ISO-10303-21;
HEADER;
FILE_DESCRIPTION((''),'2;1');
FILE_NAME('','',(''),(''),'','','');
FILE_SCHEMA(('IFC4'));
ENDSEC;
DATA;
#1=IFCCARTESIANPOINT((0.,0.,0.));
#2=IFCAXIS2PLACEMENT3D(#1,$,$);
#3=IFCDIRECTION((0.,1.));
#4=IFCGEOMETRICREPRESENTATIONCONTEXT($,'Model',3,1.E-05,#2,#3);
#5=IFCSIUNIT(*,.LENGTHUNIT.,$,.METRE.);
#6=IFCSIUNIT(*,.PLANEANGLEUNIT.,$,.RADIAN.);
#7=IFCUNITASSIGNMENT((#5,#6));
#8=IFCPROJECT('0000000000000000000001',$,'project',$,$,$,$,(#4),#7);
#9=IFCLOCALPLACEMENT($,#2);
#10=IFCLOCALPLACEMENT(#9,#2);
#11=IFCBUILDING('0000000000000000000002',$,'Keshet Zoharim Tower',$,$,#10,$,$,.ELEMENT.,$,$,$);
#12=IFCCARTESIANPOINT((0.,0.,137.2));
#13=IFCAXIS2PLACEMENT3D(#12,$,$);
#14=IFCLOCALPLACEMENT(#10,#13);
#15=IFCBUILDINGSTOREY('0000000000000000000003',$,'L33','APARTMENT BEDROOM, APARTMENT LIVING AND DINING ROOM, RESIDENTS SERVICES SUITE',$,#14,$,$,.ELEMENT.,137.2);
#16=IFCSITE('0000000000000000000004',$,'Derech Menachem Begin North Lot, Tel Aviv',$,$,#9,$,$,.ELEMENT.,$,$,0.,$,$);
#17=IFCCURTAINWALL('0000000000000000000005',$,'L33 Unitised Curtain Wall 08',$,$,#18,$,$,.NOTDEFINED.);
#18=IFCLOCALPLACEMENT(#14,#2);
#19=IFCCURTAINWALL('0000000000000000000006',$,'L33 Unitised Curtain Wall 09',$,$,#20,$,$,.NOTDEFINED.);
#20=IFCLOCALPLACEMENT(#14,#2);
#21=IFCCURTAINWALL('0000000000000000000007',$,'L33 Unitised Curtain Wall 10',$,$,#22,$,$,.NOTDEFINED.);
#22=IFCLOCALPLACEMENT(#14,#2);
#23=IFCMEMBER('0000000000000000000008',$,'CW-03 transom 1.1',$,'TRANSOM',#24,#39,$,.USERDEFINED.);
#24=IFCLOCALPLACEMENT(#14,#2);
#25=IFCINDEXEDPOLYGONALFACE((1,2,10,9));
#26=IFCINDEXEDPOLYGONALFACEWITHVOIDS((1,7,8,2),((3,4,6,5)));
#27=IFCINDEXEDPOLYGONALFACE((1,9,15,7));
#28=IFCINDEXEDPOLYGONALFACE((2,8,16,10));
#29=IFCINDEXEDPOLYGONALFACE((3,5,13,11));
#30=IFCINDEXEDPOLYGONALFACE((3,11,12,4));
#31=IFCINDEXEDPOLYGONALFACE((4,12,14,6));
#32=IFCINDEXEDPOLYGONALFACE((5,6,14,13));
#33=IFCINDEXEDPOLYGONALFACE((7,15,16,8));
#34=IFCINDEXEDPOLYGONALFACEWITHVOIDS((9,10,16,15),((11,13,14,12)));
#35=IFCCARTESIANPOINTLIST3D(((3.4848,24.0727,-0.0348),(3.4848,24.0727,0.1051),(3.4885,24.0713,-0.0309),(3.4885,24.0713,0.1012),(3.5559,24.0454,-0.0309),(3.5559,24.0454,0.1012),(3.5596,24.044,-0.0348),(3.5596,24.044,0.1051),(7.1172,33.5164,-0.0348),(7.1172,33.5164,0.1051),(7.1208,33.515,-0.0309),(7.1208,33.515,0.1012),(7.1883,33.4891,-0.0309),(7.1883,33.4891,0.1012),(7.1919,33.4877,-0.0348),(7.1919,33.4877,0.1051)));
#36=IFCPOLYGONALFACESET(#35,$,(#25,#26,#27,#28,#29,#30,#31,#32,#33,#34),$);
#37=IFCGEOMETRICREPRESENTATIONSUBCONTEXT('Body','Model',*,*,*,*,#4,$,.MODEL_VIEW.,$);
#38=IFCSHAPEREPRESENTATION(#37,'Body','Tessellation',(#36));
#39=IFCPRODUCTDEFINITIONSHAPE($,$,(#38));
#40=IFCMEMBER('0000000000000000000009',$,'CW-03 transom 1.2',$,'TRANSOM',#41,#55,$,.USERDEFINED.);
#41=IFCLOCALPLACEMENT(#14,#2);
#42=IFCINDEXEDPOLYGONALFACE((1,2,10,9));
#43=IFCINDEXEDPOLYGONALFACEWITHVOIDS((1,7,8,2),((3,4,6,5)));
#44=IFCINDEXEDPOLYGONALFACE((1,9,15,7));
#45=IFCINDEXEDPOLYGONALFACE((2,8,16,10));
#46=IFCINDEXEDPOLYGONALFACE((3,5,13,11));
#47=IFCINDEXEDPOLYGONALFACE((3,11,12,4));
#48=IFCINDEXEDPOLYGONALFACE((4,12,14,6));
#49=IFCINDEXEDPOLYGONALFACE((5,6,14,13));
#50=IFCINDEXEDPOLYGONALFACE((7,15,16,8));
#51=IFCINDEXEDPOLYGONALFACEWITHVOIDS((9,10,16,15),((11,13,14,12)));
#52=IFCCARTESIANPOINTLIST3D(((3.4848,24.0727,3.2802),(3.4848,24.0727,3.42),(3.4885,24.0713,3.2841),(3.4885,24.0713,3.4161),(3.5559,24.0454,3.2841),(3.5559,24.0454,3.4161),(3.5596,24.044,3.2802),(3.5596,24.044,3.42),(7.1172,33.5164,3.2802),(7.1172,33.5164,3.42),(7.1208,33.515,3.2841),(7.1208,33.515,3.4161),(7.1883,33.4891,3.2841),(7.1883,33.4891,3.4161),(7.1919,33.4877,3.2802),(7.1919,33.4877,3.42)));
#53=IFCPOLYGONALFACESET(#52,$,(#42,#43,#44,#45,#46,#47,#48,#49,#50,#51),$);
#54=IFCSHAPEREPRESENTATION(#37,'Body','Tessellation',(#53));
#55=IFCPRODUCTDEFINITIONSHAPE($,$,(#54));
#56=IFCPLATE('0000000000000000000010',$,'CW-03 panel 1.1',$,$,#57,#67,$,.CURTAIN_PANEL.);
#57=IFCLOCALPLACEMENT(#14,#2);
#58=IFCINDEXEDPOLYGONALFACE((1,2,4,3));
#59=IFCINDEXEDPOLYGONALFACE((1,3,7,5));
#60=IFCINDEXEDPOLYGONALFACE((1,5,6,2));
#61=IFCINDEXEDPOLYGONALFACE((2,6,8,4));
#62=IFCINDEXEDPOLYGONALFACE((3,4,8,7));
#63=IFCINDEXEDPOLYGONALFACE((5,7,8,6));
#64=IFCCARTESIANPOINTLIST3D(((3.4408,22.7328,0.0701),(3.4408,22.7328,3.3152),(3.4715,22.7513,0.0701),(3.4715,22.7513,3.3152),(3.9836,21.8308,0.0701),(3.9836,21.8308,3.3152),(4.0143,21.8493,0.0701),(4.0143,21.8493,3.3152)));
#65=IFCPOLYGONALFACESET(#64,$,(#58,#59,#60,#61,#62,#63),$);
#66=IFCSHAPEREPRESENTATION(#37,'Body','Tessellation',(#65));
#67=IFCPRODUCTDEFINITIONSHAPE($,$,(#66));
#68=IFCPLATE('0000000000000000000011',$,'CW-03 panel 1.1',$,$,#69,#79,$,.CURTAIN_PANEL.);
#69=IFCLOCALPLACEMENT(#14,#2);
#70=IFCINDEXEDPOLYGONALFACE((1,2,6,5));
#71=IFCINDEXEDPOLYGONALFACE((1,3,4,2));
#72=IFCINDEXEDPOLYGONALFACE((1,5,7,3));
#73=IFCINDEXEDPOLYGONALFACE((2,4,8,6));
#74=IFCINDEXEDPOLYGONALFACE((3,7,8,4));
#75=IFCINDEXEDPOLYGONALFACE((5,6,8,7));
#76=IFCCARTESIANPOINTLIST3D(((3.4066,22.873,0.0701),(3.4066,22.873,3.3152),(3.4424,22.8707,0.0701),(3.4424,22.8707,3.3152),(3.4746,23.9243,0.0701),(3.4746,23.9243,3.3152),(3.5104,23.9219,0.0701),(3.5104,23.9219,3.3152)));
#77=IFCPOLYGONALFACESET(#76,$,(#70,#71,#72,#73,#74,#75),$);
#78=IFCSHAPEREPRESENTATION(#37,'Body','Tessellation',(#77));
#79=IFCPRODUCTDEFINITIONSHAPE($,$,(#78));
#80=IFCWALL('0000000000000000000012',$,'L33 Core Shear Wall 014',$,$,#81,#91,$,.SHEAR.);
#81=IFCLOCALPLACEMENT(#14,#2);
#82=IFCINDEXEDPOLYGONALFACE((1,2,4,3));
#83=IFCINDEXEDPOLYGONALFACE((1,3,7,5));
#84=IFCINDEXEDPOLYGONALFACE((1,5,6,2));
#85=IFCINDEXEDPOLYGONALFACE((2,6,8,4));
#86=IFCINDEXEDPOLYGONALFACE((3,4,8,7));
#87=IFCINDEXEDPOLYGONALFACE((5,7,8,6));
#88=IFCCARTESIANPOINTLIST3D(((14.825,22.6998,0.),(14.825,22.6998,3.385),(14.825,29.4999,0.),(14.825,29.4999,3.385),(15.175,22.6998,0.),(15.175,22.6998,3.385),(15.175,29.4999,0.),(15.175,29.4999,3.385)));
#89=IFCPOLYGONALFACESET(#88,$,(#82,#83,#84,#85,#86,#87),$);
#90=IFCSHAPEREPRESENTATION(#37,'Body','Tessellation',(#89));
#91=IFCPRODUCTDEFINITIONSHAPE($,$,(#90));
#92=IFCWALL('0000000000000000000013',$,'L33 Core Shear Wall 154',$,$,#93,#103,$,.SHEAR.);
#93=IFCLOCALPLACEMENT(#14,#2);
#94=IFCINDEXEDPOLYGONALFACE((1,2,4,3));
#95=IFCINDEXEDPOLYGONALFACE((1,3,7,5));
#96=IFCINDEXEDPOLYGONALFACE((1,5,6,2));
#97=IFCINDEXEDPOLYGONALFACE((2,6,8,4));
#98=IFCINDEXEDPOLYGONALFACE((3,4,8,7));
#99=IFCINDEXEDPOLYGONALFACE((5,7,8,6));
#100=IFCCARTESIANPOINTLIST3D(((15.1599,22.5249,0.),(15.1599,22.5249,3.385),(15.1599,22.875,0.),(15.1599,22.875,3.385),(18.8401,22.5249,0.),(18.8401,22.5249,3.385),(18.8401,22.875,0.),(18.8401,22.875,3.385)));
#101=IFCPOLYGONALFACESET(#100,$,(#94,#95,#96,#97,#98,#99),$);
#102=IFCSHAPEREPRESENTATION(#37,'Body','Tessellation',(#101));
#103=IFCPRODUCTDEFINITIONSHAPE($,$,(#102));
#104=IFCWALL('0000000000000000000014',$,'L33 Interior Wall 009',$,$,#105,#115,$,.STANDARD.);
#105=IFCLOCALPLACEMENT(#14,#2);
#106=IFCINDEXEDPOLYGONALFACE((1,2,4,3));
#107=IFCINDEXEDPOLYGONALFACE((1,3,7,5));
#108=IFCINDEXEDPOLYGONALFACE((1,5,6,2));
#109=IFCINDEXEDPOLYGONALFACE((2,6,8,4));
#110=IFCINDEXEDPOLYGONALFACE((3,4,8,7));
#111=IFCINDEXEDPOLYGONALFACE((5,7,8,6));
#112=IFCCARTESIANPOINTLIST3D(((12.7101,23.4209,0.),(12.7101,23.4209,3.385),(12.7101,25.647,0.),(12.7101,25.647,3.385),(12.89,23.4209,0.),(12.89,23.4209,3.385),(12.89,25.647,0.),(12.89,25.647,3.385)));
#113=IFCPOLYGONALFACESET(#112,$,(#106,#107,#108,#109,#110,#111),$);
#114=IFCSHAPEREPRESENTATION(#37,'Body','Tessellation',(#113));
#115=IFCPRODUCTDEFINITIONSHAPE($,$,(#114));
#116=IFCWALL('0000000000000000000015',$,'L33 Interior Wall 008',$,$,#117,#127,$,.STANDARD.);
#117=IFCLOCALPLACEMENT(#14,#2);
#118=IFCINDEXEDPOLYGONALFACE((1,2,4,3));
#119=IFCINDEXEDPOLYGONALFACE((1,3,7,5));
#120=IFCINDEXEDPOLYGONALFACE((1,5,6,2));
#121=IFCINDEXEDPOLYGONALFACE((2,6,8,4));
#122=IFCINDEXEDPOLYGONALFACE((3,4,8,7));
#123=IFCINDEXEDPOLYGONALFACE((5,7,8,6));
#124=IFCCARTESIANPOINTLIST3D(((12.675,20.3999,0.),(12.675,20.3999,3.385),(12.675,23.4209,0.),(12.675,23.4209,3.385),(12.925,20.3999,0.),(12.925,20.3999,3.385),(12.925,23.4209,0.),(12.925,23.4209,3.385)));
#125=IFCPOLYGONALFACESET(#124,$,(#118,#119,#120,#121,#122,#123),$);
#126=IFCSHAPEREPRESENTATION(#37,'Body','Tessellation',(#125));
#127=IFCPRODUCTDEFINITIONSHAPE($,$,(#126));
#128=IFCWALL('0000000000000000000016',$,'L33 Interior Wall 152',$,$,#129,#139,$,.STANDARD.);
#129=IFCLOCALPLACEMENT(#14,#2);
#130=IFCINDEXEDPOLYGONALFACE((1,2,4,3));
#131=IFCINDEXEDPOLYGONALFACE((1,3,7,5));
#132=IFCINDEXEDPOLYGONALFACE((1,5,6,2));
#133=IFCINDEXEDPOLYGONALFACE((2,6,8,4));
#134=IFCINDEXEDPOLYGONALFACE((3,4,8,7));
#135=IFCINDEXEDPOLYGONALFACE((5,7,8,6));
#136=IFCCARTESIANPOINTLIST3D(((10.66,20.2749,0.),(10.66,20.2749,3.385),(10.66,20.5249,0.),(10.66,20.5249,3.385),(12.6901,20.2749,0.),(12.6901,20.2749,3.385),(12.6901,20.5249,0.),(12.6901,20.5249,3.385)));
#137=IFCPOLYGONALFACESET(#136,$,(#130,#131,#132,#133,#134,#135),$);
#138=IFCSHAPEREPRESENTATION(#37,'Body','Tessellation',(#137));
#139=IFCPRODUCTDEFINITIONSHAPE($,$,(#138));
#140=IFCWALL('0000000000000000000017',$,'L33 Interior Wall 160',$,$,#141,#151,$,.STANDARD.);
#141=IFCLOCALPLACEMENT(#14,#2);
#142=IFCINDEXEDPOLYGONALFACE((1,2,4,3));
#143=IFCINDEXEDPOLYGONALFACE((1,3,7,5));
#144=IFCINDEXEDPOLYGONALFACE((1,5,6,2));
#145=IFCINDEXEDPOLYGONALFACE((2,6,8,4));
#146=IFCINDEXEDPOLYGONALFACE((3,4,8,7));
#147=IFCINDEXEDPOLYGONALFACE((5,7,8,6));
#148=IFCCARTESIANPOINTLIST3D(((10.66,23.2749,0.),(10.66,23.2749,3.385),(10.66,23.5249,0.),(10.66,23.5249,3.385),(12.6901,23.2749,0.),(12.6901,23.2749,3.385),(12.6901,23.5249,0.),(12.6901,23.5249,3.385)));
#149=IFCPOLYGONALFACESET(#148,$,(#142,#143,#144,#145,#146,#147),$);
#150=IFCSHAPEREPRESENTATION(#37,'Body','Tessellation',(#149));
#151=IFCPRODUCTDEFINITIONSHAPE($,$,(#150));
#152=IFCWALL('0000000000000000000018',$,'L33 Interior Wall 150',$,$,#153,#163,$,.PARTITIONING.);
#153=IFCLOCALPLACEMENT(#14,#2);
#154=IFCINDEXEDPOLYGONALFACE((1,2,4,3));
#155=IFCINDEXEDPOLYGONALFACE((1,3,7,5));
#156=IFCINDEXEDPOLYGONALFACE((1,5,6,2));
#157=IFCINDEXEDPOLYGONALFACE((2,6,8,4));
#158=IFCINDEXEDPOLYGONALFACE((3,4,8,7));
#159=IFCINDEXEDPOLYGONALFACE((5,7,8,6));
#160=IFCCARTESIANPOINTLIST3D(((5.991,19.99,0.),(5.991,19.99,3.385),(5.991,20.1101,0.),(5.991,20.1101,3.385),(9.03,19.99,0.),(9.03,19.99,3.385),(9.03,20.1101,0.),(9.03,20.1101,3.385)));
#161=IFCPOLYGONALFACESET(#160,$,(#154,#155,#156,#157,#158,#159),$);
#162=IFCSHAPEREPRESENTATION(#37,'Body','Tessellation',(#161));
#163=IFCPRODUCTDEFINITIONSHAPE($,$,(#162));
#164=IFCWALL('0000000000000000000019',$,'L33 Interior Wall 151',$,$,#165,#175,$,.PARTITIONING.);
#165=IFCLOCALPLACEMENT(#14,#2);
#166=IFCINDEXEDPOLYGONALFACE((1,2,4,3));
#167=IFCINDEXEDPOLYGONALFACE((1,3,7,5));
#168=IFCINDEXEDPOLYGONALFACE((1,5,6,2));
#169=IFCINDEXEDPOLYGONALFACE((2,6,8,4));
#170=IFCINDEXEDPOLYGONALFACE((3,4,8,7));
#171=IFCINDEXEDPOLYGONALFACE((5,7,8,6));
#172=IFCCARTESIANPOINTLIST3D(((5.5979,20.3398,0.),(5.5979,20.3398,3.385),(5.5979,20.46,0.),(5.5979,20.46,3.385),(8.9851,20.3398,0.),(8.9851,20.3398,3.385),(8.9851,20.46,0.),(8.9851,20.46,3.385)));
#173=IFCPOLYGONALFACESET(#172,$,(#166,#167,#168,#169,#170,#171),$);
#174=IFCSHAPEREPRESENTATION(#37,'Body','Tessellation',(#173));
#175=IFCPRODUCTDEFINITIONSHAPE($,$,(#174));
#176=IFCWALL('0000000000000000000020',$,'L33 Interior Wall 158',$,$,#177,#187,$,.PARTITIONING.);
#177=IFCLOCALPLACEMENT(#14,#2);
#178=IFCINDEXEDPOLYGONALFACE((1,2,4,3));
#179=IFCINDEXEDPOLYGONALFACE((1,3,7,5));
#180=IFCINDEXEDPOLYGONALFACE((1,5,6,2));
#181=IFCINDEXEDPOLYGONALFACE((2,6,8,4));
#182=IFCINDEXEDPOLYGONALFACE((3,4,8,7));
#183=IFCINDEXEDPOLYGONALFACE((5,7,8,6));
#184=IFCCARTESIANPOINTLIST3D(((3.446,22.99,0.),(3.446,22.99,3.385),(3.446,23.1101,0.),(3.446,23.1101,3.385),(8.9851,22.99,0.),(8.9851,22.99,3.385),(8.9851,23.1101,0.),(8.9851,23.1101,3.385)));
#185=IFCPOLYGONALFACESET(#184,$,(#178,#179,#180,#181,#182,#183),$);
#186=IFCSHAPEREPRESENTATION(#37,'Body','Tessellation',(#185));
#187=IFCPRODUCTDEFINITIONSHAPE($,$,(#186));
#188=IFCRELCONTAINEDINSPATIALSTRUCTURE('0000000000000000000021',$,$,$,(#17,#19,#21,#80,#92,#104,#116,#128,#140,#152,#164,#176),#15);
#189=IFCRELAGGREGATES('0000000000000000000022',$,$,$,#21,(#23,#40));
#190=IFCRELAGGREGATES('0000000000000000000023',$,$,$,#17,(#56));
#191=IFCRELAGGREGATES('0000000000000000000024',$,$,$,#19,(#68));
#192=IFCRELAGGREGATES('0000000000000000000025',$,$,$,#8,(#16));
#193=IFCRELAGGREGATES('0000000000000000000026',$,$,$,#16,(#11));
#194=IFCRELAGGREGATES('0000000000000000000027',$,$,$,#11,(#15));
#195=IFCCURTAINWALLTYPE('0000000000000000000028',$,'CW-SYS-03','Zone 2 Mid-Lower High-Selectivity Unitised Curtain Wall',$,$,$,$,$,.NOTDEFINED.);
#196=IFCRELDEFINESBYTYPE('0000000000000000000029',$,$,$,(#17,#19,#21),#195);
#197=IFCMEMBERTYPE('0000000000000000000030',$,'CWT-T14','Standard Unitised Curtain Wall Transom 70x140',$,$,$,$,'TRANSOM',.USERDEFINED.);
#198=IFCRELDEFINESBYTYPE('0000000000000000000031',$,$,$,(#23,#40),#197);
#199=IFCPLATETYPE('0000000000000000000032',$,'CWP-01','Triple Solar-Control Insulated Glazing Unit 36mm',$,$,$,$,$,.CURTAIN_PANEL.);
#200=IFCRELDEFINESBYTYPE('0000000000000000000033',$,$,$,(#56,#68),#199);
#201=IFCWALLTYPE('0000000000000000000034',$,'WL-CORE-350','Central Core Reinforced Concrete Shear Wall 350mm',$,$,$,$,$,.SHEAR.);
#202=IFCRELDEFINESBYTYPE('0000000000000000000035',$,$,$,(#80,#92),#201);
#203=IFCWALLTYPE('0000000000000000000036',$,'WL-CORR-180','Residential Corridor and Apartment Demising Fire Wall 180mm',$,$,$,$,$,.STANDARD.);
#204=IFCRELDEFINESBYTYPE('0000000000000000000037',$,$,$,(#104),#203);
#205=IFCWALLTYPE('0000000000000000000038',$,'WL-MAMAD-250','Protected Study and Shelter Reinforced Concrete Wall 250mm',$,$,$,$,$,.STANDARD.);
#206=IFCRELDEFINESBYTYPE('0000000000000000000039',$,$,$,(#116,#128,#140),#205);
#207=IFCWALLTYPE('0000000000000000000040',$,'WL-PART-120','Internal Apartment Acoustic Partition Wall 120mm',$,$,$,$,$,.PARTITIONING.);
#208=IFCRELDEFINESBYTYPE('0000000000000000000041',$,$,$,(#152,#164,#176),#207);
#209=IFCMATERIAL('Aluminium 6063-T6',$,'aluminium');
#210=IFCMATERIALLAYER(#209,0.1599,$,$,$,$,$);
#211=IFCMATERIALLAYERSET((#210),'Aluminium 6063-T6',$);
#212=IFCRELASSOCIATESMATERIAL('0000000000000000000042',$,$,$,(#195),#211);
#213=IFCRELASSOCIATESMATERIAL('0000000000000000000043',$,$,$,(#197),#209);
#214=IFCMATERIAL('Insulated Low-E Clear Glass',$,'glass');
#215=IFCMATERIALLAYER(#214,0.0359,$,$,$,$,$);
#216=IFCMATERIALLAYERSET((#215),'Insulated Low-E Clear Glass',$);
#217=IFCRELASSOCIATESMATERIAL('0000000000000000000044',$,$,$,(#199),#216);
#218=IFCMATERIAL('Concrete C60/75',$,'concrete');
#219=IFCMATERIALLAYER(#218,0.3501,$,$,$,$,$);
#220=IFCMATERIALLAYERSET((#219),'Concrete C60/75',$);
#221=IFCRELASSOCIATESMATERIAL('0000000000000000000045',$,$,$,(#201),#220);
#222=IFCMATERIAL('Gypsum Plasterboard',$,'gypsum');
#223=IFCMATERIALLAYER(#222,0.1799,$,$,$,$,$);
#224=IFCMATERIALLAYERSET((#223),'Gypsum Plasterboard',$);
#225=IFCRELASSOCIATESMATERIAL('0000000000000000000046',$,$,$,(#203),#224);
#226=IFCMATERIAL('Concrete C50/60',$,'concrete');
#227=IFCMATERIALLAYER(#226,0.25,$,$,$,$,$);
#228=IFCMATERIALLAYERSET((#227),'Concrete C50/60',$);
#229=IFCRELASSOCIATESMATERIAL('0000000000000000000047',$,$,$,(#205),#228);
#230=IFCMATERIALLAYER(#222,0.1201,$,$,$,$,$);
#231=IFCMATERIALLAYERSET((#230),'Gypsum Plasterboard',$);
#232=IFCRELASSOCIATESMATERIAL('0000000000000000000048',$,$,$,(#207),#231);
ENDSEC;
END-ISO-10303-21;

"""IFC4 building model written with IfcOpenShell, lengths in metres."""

from ifc_helpers import new_model, si_unit, direction, frame, frame_2d, origin, origin_2d, place, context, subcontext, project, spatial, rectangle, hollow_rectangle, extrude, material, layer, layer_set, material_profile, profile_set, type_object, element, aggregate, save


model = new_model("IFC4")

# Units and contexts
model_context = context("Model", 3, precision=1e-05, world=origin(), true_north=direction((0.0, 1.0)))
body_context = subcontext(model_context, "Body", "Model", "MODEL_VIEW")
ifc_project = project(units=[si_unit("LENGTHUNIT", "METRE"), si_unit("PLANEANGLEUNIT", "RADIAN")], contexts=[model_context])

# Site, building, storey
site_placement = place(None, origin())
site = spatial("IfcSite", under=ifc_project, at=site_placement, Name="Derech Menachem Begin North Lot, Tel Aviv", CompositionType="ELEMENT", RefElevation=0.0)
building_placement = place(site_placement, origin())
building = spatial("IfcBuilding", under=site, at=building_placement, Name="Keshet Zoharim Tower", CompositionType="ELEMENT")
storey_placement = place(building_placement, frame((0.0, 0.0, 137.2)))
storey = spatial("IfcBuildingStorey", under=building, at=storey_placement, Name="L33", Description="APARTMENT BEDROOM, APARTMENT LIVING AND DINING ROOM, RESIDENTS SERVICES SUITE", CompositionType="ELEMENT", Elevation=137.2)

# Shared definitions
ifc_material_1 = material(Name="Concrete C60/75", Category="concrete")

# Shared definitions
ifc_material_2 = material(Name="Aluminium 6063-T6", Category="aluminium")
ifc_layer_1 = layer(ifc_material_2, 0.1599)
ifc_layer_set_1 = layer_set([ifc_layer_1], Name="Aluminium 6063-T6")
curtain_wall_type = type_object("IfcCurtainWallType", Name="CW-SYS-03", Description="Zone 2 Mid-Lower High-Selectivity Unitised Curtain Wall", PredefinedType="NOTDEFINED", material=ifc_layer_set_1)

# Curtain walls
curtain_wall_1_placement = place(storey_placement, origin())
curtain_wall_1 = element("IfcCurtainWall", 1, at=curtain_wall_1_placement, inside=storey, type_object=curtain_wall_type, Name="L33 Unitised Curtain Wall 08", PredefinedType="NOTDEFINED")
curtain_wall_2_placement = place(storey_placement, origin())
curtain_wall_2 = element("IfcCurtainWall", 2, at=curtain_wall_2_placement, inside=storey, type_object=curtain_wall_type, Name="L33 Unitised Curtain Wall 09", PredefinedType="NOTDEFINED")

# Curtain wall
curtain_wall_3_placement = place(storey_placement, origin())
curtain_wall_3 = element("IfcCurtainWall", 3, at=curtain_wall_3_placement, inside=storey, type_object=curtain_wall_type, Name="L33 Unitised Curtain Wall 10", PredefinedType="NOTDEFINED")

# Members
ifc_material_profile_1 = material_profile(ifc_material_2, hollow_rectangle(XDim=0.0801, YDim=0.1399, WallThickness=0.0039, at=origin_2d()), Name="TRN-80x140")
ifc_profile_set_1 = profile_set([ifc_material_profile_1], Name="Aluminium 6063-T6")
member_type_1 = type_object("IfcMemberType", Name="CWT-T14", Description="Standard Unitised Curtain Wall Transom 70x140", ElementType="TRANSOM", PredefinedType="USERDEFINED", material=ifc_profile_set_1)
member_1_placement = place(storey_placement, frame((3.5222, 24.0583, 0.0352), z_axis=(0.358994, 0.93334, 0.0), x_axis=(-0.93334, 0.358994, 0.0)))
member_1 = element("IfcMember", 4, at=member_1_placement, type_object=member_type_1, Name="CW-03 transom 1.1", ObjectType="TRANSOM", PredefinedType="USERDEFINED", context=body_context, shape_type="SweptSolid", body=[
    extrude(hollow_rectangle(XDim=0.0801, YDim=0.1399, WallThickness=0.0039, at=origin_2d()), origin(), (0.0, 0.0, 1.0), 10.1182),
])
member_2_placement = place(storey_placement, frame((3.5222, 24.0583, 3.3501), z_axis=(0.358994, 0.93334, 0.0), x_axis=(-0.93334, 0.358994, 0.0)))
member_2 = element("IfcMember", 5, at=member_2_placement, type_object=member_type_1, Name="CW-03 transom 1.2", ObjectType="TRANSOM", PredefinedType="USERDEFINED", context=body_context, shape_type="SweptSolid", body=[
    extrude(hollow_rectangle(XDim=0.0801, YDim=0.1399, WallThickness=0.0039, at=origin_2d()), origin(), (0.0, 0.0, 1.0), 10.1182),
])
aggregate(curtain_wall_3, [member_1, member_2])

# Plates
ifc_material_3 = material(Name="Insulated Low-E Clear Glass", Category="glass")
ifc_layer_2 = layer(ifc_material_3, 0.0359)
ifc_layer_set_2 = layer_set([ifc_layer_2], Name="Insulated Low-E Clear Glass")
plate_type = type_object("IfcPlateType", Name="CWP-01", Description="Triple Solar-Control Insulated Glazing Unit 36mm", PredefinedType="CURTAIN_PANEL", material=ifc_layer_set_2)
plate_1_placement = place(storey_placement, frame((3.7275, 22.291, 0.0701), z_axis=(0.0, 0.0, 1.0), x_axis=(-0.515605, 0.856826, 0.0)))
plate_1 = element("IfcPlate", 6, at=plate_1_placement, type_object=plate_type, Name="CW-03 panel 1.1", PredefinedType="CURTAIN_PANEL", context=body_context, shape_type="SweptSolid", body=[
    extrude(rectangle(XDim=1.0527, YDim=0.0359, at=origin_2d()), origin(), (0.0, 0.0, 1.0), 3.2451),
])
aggregate(curtain_wall_1, [plate_1])
plate_2_placement = place(storey_placement, frame((3.4585, 23.3975, 0.0701), z_axis=(0.0, 0.0, 1.0), x_axis=(0.064517, 0.997917, 0.0)))
plate_2 = element("IfcPlate", 7, at=plate_2_placement, type_object=plate_type, Name="CW-03 panel 1.1", PredefinedType="CURTAIN_PANEL", context=body_context, shape_type="SweptSolid", body=[
    extrude(rectangle(XDim=1.0535, YDim=0.0359, at=origin_2d()), origin(), (0.0, 0.0, 1.0), 3.2451),
])
aggregate(curtain_wall_2, [plate_2])

# Walls
ifc_layer_3 = layer(ifc_material_1, 0.3501)
ifc_layer_set_3 = layer_set([ifc_layer_3], Name="Concrete C60/75")
wall_type_1 = type_object("IfcWallType", Name="WL-CORE-350", Description="Central Core Reinforced Concrete Shear Wall 350mm", PredefinedType="SHEAR", material=ifc_layer_set_3)
wall_1_placement = place(storey_placement, frame((15.0, 22.7, 0.0), z_axis=(0.0, 0.0, 1.0), x_axis=(0.0, 1.0, 0.0)))
element("IfcWall", 8, at=wall_1_placement, inside=storey, type_object=wall_type_1, Name="L33 Core Shear Wall 014", PredefinedType="SHEAR", context=body_context, shape_type="SweptSolid", body=[
    extrude(rectangle(XDim=6.8, YDim=0.3501, at=frame_2d((3.3999, 0.0))), origin(), (0.0, 0.0, 1.0), 3.385),
])
wall_2_placement = place(storey_placement, frame((15.1599, 22.7, 0.0), z_axis=(0.0, 0.0, 1.0), x_axis=(1.0, 0.0, 0.0)))
element("IfcWall", 9, at=wall_2_placement, inside=storey, type_object=wall_type_1, Name="L33 Core Shear Wall 154", PredefinedType="SHEAR", context=body_context, shape_type="SweptSolid", body=[
    extrude(rectangle(XDim=3.6802, YDim=0.3501, at=frame_2d((1.8401, 0.0))), origin(), (0.0, 0.0, 1.0), 3.385),
])
ifc_material_4 = material(Name="Gypsum Plasterboard", Category="gypsum")
ifc_layer_4 = layer(ifc_material_4, 0.1799)
ifc_layer_set_4 = layer_set([ifc_layer_4], Name="Gypsum Plasterboard")
wall_type_2 = type_object("IfcWallType", Name="WL-CORR-180", Description="Residential Corridor and Apartment Demising Fire Wall 180mm", PredefinedType="STANDARD", material=ifc_layer_set_4)
wall_3_placement = place(storey_placement, frame((12.8, 23.4209, 0.0), z_axis=(0.0, 0.0, 1.0), x_axis=(0.0, 1.0, 0.0)))
element("IfcWall", 10, at=wall_3_placement, inside=storey, type_object=wall_type_2, Name="L33 Interior Wall 009", PredefinedType="STANDARD", context=body_context, shape_type="SweptSolid", body=[
    extrude(rectangle(XDim=2.2261, YDim=0.1799, at=frame_2d((1.113, 0.0))), origin(), (0.0, 0.0, 1.0), 3.385),
])

# Shared definitions
ifc_material_5 = material(Name="Concrete C50/60", Category="concrete")
ifc_layer_5 = layer(ifc_material_5, 0.25)
ifc_layer_set_5 = layer_set([ifc_layer_5], Name="Concrete C50/60")
wall_type_3 = type_object("IfcWallType", Name="WL-MAMAD-250", Description="Protected Study and Shelter Reinforced Concrete Wall 250mm", PredefinedType="STANDARD", material=ifc_layer_set_5)

# Walls
wall_4_placement = place(storey_placement, frame((12.8, 20.3999, 0.0), z_axis=(0.0, 0.0, 1.0), x_axis=(0.0, 1.0, 0.0)))
element("IfcWall", 11, at=wall_4_placement, inside=storey, type_object=wall_type_3, Name="L33 Interior Wall 008", PredefinedType="STANDARD", context=body_context, shape_type="SweptSolid", body=[
    extrude(rectangle(XDim=3.021, YDim=0.25, at=frame_2d((1.5105, 0.0))), origin(), (0.0, 0.0, 1.0), 3.385),
])
for number, where, z_axis, x_axis, name in (
    (12, (10.6599, 20.3999, 0.0), (0.0, 0.0, 1.0), (1.0, 0.0, 0.0), "L33 Interior Wall 152"),
    (13, (10.6599, 23.3999, 0.0), (0.0, 0.0, 1.0), (1.0, 0.0, 0.0), "L33 Interior Wall 160"),
):
    element("IfcWall", number, at=place(storey_placement, frame(where, z_axis=z_axis, x_axis=x_axis)), inside=storey, type_object=wall_type_3, Name=name, PredefinedType="STANDARD", context=body_context, shape_type="SweptSolid", body=[
        extrude(rectangle(XDim=2.03, YDim=0.25, at=frame_2d((1.0151, 0.0))), origin(), (0.0, 0.0, 1.0), 3.385),
    ])

# Shared definitions
ifc_layer_6 = layer(ifc_material_4, 0.1201)
ifc_layer_set_6 = layer_set([ifc_layer_6], Name="Gypsum Plasterboard")
wall_type_4 = type_object("IfcWallType", Name="WL-PART-120", Description="Internal Apartment Acoustic Partition Wall 120mm", PredefinedType="PARTITIONING", material=ifc_layer_set_6)

# Walls
wall_5_placement = place(storey_placement, frame((5.991, 20.05, 0.0), z_axis=(0.0, 0.0, 1.0), x_axis=(1.0, 0.0, 0.0)))
element("IfcWall", 14, at=wall_5_placement, inside=storey, type_object=wall_type_4, Name="L33 Interior Wall 150", PredefinedType="PARTITIONING", context=body_context, shape_type="SweptSolid", body=[
    extrude(rectangle(XDim=3.0391, YDim=0.1201, at=frame_2d((1.5195, 0.0))), origin(), (0.0, 0.0, 1.0), 3.385),
])
wall_6_placement = place(storey_placement, frame((5.5979, 20.3999, 0.0), z_axis=(0.0, 0.0, 1.0), x_axis=(1.0, 0.0, 0.0)))
element("IfcWall", 15, at=wall_6_placement, inside=storey, type_object=wall_type_4, Name="L33 Interior Wall 151", PredefinedType="PARTITIONING", context=body_context, shape_type="SweptSolid", body=[
    extrude(rectangle(XDim=3.3872, YDim=0.1201, at=frame_2d((1.6936, 0.0))), origin(), (0.0, 0.0, 1.0), 3.385),
])
wall_7_placement = place(storey_placement, frame((3.446, 23.05, 0.0), z_axis=(0.0, 0.0, 1.0), x_axis=(1.0, 0.0, 0.0)))
element("IfcWall", 16, at=wall_7_placement, inside=storey, type_object=wall_type_4, Name="L33 Interior Wall 158", PredefinedType="PARTITIONING", context=body_context, shape_type="SweptSolid", body=[
    extrude(rectangle(XDim=5.5391, YDim=0.1201, at=frame_2d((2.7695, 0.0))), origin(), (0.0, 0.0, 1.0), 3.385),
])

save(model, "model.ifc")
